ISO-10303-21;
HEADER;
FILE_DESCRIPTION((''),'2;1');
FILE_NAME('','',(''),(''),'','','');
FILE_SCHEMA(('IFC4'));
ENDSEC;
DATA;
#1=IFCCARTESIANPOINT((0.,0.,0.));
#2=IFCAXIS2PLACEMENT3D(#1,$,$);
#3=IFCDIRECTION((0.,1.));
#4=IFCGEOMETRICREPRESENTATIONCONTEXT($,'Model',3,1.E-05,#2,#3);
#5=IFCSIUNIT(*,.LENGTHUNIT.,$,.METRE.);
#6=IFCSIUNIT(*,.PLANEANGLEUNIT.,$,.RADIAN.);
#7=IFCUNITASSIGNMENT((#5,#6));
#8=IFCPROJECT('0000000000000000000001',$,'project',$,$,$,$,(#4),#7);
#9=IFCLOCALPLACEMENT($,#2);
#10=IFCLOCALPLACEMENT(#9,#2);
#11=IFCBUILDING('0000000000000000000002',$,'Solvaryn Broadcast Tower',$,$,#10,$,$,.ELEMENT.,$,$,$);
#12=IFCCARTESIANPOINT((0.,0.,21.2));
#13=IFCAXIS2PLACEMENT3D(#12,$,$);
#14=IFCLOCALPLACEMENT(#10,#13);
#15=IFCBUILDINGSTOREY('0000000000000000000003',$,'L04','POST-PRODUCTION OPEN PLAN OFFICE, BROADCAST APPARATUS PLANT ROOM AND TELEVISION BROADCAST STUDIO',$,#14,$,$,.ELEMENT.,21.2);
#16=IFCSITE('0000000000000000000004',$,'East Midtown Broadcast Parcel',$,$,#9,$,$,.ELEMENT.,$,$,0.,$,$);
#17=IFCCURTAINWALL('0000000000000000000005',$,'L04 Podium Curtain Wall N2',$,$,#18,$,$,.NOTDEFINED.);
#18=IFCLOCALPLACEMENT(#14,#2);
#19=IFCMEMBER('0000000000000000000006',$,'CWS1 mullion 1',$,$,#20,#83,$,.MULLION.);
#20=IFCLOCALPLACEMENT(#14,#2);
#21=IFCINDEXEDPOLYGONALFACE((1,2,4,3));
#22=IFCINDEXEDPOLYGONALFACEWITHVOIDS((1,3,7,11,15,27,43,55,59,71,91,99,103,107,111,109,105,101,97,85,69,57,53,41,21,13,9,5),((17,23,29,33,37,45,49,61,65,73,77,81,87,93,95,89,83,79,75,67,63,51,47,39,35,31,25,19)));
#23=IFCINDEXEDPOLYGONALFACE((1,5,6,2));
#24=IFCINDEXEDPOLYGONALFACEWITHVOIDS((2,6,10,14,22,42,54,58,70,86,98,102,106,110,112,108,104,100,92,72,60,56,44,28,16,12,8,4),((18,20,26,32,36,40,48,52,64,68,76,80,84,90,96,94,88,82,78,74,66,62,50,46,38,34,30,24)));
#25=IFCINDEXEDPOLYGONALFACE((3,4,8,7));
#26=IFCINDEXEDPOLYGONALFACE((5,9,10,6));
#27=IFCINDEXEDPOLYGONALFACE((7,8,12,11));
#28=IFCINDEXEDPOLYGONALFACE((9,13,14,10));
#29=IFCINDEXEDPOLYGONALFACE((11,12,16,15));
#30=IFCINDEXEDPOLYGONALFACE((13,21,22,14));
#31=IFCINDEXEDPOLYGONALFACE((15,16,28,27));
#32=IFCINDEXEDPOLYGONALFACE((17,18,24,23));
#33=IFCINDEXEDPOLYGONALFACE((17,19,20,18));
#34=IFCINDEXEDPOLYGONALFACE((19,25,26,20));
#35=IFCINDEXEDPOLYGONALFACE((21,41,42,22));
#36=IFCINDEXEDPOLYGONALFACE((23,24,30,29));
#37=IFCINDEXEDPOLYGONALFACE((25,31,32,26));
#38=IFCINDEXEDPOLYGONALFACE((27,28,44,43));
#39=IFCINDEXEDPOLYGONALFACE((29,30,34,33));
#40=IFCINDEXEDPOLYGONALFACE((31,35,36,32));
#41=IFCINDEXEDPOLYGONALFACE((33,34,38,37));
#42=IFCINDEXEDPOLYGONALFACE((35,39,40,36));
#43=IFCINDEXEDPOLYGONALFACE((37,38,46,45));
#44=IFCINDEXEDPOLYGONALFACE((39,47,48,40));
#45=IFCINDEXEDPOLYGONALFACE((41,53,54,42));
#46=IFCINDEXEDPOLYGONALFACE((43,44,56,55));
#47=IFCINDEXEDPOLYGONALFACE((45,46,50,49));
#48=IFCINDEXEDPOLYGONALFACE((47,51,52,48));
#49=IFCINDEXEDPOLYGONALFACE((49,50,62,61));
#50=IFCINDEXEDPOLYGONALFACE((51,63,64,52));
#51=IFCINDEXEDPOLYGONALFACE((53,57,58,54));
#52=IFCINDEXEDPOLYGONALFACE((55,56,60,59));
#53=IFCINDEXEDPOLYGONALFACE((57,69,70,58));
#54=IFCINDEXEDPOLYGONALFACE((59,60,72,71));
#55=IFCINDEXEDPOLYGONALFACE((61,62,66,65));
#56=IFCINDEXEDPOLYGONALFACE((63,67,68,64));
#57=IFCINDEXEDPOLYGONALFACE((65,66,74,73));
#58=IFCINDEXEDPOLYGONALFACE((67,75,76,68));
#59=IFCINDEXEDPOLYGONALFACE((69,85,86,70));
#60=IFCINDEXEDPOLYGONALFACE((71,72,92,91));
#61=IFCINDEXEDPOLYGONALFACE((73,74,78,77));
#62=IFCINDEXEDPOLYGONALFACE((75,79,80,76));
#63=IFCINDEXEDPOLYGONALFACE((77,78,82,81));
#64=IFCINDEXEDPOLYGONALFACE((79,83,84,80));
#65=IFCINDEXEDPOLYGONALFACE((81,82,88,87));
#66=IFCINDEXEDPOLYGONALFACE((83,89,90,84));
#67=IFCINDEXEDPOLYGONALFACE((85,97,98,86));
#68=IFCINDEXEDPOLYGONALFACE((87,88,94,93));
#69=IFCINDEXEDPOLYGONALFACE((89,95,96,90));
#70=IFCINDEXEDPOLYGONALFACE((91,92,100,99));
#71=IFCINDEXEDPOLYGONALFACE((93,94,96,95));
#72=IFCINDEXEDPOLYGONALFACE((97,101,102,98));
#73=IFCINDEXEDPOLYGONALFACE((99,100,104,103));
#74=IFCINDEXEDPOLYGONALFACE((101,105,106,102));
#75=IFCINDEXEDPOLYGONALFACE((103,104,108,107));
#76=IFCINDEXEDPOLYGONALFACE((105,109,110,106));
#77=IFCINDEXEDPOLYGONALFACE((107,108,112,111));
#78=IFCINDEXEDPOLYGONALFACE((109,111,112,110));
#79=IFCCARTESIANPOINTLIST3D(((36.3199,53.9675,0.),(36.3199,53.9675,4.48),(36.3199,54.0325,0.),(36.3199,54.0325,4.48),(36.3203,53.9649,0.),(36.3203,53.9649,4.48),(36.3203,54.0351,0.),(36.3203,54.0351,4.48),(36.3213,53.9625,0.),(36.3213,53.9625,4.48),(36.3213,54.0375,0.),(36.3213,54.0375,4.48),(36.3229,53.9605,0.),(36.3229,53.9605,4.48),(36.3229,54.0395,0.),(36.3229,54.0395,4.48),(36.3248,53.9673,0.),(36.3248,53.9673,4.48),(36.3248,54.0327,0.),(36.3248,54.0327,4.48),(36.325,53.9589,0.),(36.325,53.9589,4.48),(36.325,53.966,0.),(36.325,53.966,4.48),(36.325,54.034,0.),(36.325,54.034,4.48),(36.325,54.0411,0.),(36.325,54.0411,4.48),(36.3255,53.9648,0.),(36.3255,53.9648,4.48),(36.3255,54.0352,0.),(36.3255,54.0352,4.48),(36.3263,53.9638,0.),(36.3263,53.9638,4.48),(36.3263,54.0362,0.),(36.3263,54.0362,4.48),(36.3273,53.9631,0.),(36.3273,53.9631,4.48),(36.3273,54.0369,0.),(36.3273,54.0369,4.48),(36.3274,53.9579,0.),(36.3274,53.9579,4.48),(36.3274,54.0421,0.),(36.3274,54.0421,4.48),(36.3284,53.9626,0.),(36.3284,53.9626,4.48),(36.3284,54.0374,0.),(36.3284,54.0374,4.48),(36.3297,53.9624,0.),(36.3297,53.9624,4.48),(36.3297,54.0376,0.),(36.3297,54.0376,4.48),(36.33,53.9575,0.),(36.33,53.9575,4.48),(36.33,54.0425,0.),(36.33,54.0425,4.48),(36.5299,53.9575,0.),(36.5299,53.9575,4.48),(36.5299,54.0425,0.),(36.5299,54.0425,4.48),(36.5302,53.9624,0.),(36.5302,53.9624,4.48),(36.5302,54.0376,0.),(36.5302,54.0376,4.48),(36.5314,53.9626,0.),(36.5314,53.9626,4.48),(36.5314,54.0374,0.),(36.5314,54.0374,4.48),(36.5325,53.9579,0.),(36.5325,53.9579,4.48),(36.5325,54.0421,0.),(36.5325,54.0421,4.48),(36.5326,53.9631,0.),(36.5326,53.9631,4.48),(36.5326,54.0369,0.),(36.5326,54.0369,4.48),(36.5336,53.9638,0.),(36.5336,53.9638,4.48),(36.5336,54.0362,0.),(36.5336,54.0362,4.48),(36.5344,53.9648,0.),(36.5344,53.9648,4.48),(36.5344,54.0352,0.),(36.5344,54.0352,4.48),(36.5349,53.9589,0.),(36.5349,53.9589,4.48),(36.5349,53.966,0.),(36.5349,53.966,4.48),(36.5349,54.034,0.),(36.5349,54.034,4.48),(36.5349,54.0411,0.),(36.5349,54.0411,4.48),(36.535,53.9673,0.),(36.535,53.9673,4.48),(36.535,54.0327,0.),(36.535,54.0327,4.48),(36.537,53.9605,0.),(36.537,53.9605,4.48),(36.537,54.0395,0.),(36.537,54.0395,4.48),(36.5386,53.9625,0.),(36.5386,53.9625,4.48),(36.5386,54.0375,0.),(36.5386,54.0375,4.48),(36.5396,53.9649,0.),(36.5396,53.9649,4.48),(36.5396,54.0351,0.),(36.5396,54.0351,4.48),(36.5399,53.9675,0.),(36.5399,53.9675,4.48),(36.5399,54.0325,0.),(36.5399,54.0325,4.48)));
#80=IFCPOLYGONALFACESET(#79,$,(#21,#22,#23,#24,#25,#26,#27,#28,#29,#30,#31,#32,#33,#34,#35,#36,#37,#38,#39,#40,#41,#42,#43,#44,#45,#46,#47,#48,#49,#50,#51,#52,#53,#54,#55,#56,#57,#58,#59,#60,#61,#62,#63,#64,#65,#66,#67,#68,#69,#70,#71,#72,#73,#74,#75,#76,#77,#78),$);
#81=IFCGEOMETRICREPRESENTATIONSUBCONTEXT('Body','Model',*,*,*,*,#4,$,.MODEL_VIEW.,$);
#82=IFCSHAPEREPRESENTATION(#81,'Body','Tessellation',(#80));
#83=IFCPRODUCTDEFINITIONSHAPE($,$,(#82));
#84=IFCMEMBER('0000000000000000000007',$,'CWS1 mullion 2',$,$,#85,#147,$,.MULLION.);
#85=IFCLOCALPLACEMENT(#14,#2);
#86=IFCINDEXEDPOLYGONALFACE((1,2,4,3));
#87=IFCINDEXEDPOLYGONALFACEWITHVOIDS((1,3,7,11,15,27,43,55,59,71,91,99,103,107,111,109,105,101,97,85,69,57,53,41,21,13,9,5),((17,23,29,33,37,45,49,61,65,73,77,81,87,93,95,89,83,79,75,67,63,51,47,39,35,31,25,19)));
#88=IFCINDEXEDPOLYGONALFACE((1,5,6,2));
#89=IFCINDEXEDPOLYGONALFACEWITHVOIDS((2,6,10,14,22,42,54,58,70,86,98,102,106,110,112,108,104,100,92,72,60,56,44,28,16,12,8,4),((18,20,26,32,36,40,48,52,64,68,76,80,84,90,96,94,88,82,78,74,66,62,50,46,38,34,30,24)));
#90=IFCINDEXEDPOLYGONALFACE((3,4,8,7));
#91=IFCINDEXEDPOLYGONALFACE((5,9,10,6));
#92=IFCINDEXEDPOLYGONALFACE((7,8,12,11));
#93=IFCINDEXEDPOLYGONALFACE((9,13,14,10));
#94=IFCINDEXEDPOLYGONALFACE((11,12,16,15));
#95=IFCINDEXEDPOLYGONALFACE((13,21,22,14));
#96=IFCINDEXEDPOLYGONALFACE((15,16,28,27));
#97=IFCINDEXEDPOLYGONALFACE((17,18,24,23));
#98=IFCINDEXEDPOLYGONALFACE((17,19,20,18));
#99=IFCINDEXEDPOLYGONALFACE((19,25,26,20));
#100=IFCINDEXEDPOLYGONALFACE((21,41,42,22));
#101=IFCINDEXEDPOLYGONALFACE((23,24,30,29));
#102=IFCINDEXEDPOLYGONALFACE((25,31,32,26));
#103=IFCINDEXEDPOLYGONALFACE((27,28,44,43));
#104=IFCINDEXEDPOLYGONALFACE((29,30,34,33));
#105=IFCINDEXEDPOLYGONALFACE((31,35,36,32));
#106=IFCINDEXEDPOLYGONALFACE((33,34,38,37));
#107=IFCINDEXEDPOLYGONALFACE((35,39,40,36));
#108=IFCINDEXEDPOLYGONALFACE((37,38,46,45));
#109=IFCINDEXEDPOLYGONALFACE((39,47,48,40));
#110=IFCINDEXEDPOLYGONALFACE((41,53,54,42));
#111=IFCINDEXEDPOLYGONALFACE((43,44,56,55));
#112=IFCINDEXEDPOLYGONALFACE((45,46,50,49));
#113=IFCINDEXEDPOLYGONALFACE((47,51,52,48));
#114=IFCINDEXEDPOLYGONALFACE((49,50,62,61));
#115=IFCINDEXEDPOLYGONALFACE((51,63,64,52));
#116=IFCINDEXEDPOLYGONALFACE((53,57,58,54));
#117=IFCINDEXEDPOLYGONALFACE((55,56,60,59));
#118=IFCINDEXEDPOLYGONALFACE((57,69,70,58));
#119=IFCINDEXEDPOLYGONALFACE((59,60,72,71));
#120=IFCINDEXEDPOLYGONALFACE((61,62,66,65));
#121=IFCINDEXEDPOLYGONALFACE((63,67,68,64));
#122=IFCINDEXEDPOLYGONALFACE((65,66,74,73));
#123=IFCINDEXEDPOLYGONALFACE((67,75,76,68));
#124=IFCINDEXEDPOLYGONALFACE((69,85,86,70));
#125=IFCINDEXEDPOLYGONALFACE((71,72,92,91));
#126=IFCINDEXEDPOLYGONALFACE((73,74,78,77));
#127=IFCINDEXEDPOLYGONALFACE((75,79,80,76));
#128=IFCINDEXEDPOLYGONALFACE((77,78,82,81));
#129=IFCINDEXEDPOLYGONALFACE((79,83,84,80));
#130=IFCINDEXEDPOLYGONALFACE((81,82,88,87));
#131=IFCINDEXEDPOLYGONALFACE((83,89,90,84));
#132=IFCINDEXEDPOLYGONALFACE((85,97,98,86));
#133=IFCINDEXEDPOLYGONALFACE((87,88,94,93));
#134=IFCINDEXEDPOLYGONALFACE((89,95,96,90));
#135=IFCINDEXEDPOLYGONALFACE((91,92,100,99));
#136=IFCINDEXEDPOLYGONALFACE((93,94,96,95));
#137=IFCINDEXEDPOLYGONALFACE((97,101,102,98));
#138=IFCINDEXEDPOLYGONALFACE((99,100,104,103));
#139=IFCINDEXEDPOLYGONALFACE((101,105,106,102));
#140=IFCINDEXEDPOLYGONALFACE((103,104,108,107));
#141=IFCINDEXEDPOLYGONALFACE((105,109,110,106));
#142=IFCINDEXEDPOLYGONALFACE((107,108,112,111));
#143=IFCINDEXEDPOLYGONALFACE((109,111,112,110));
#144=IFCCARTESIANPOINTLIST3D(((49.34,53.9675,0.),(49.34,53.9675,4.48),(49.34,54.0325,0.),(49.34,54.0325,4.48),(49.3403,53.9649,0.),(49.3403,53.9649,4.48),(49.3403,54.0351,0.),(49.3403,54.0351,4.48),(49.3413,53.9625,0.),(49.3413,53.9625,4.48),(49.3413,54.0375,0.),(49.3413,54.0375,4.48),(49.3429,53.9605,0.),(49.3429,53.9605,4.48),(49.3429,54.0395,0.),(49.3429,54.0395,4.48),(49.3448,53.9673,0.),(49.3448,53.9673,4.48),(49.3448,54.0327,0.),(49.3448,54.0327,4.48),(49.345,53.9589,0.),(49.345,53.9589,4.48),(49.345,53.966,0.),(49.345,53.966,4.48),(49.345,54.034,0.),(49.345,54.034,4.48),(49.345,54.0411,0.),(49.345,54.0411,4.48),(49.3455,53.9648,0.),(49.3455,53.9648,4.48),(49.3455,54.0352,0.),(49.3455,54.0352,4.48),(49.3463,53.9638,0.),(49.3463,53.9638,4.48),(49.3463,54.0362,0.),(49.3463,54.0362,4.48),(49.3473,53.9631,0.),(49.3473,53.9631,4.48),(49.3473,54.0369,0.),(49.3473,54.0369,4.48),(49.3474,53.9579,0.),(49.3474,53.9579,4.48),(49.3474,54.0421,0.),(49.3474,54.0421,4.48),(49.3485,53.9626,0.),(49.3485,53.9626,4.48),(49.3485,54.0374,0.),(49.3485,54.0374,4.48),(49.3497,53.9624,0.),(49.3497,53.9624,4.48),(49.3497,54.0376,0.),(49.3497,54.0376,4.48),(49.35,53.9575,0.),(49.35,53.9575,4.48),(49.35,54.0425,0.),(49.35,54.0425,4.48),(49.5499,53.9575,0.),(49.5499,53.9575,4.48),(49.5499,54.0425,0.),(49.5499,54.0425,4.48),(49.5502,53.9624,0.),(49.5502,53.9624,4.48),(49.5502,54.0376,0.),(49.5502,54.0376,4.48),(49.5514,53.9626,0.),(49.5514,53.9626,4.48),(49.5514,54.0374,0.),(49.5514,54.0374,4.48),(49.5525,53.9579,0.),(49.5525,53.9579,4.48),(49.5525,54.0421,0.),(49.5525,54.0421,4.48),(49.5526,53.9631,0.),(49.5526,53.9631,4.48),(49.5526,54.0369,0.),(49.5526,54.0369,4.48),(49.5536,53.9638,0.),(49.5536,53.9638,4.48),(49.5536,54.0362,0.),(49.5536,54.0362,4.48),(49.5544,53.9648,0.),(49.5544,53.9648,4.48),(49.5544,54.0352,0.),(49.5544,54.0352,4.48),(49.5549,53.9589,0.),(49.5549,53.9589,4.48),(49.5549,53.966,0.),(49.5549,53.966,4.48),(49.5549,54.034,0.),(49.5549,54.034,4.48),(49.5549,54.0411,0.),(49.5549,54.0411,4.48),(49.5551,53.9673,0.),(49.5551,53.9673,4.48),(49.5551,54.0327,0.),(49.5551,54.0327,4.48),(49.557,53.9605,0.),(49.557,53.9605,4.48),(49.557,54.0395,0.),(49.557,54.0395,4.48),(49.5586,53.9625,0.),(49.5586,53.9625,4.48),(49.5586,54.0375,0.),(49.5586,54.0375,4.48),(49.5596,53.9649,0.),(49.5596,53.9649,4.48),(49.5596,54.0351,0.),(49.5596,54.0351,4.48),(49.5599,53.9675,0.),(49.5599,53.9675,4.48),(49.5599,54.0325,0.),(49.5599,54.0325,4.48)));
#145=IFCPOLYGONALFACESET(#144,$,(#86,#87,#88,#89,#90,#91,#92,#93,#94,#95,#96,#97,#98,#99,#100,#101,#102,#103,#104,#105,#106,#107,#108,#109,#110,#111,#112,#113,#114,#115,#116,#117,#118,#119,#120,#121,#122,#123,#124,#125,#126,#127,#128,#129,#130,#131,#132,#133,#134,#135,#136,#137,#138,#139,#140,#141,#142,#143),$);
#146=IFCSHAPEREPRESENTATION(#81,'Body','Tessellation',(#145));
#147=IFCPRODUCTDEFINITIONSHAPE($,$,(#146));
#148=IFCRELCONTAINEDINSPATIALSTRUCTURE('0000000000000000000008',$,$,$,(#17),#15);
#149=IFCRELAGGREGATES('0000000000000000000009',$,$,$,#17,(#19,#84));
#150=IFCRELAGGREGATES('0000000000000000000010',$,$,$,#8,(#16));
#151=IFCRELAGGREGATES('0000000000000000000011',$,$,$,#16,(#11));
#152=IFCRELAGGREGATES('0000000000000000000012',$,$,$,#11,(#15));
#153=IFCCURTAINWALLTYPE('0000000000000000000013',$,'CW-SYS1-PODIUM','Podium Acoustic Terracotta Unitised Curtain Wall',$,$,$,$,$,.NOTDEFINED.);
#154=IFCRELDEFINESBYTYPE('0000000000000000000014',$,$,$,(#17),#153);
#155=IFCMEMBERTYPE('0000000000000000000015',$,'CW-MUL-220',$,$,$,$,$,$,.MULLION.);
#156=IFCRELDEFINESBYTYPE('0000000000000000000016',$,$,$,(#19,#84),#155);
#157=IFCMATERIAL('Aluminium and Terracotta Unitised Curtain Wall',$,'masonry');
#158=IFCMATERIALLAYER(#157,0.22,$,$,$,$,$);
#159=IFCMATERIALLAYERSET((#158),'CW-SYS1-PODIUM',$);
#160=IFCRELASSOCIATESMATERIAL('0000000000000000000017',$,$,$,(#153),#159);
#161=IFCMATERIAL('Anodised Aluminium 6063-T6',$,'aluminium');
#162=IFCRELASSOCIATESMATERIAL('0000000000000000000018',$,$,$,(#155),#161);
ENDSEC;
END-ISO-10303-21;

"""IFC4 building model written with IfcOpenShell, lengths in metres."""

from ifc_helpers import new_model, si_unit, direction, frame, origin, origin_2d, place, context, subcontext, project, spatial, hollow_rectangle, extrude, material, layer, layer_set, material_profile, profile_set, type_object, element, aggregate, save


model = new_model("IFC4")

# Units and contexts
model_context = context("Model", 3, precision=1e-05, world=origin(), true_north=direction((0.0, 1.0)))
body_context = subcontext(model_context, "Body", "Model", "MODEL_VIEW")
ifc_project = project(units=[si_unit("LENGTHUNIT", "METRE"), si_unit("PLANEANGLEUNIT", "RADIAN")], contexts=[model_context])

# Site, building, storey
site_placement = place(None, origin())
site = spatial("IfcSite", under=ifc_project, at=site_placement, Name="East Midtown Broadcast Parcel", CompositionType="ELEMENT", RefElevation=0.0)
building_placement = place(site_placement, origin())
building = spatial("IfcBuilding", under=site, at=building_placement, Name="Solvaryn Broadcast Tower", CompositionType="ELEMENT")
storey_placement = place(building_placement, frame((0.0, 0.0, 21.2)))
storey = spatial("IfcBuildingStorey", under=building, at=storey_placement, Name="L04", Description="POST-PRODUCTION OPEN PLAN OFFICE, BROADCAST APPARATUS PLANT ROOM AND TELEVISION BROADCAST STUDIO", CompositionType="ELEMENT", Elevation=21.2)

# Shared definitions
ifc_material_1 = material(Name="Aluminium and Terracotta Unitised Curtain Wall", Category="masonry")
ifc_layer_1 = layer(ifc_material_1, 0.22)
ifc_layer_set_1 = layer_set([ifc_layer_1], Name="CW-SYS1-PODIUM")
curtain_wall_type = type_object("IfcCurtainWallType", Name="CW-SYS1-PODIUM", Description="Podium Acoustic Terracotta Unitised Curtain Wall", PredefinedType="NOTDEFINED", material=ifc_layer_set_1)
ifc_material_2 = material(Name="Anodised Aluminium 6063-T6", Category="aluminium")
ifc_material_profile_1 = material_profile(ifc_material_2, hollow_rectangle(XDim=0.085, YDim=0.22, WallThickness=0.0049, InnerFilletRadius=0.0049, OuterFilletRadius=0.01, at=origin_2d()))
ifc_profile_set_1 = profile_set([ifc_material_profile_1], Name="Anodised Aluminium 6063-T6")
member_type_1 = type_object("IfcMemberType", Name="CW-MUL-220", PredefinedType="MULLION", material=ifc_profile_set_1)

# Curtain wall, members
curtain_wall_1_placement = place(storey_placement, origin())
curtain_wall_1 = element("IfcCurtainWall", 1, at=curtain_wall_1_placement, inside=storey, type_object=curtain_wall_type, Name="L04 Podium Curtain Wall N2", PredefinedType="NOTDEFINED")
member_1_placement = place(storey_placement, frame((36.4299, 54.0, 0.0), z_axis=(0.0, 0.0, 1.0), x_axis=(0.0, 1.0, 0.0)))
member_1 = element("IfcMember", 2, at=member_1_placement, type_object=member_type_1, Name="CWS1 mullion 1", PredefinedType="MULLION", context=body_context, shape_type="SweptSolid", body=[
    extrude(hollow_rectangle(XDim=0.085, YDim=0.22, WallThickness=0.0049, InnerFilletRadius=0.0049, OuterFilletRadius=0.01, at=origin_2d()), origin(), (0.0, 0.0, 1.0), 4.48),
])
member_2_placement = place(storey_placement, frame((49.45, 54.0, 0.0), z_axis=(0.0, 0.0, 1.0), x_axis=(0.0, 1.0, 0.0)))
member_2 = element("IfcMember", 3, at=member_2_placement, type_object=member_type_1, Name="CWS1 mullion 2", PredefinedType="MULLION", context=body_context, shape_type="SweptSolid", body=[
    extrude(hollow_rectangle(XDim=0.085, YDim=0.22, WallThickness=0.0049, InnerFilletRadius=0.0049, OuterFilletRadius=0.01, at=origin_2d()), origin(), (0.0, 0.0, 1.0), 4.48),
])
aggregate(curtain_wall_1, [member_1, member_2])

save(model, "model.ifc")
